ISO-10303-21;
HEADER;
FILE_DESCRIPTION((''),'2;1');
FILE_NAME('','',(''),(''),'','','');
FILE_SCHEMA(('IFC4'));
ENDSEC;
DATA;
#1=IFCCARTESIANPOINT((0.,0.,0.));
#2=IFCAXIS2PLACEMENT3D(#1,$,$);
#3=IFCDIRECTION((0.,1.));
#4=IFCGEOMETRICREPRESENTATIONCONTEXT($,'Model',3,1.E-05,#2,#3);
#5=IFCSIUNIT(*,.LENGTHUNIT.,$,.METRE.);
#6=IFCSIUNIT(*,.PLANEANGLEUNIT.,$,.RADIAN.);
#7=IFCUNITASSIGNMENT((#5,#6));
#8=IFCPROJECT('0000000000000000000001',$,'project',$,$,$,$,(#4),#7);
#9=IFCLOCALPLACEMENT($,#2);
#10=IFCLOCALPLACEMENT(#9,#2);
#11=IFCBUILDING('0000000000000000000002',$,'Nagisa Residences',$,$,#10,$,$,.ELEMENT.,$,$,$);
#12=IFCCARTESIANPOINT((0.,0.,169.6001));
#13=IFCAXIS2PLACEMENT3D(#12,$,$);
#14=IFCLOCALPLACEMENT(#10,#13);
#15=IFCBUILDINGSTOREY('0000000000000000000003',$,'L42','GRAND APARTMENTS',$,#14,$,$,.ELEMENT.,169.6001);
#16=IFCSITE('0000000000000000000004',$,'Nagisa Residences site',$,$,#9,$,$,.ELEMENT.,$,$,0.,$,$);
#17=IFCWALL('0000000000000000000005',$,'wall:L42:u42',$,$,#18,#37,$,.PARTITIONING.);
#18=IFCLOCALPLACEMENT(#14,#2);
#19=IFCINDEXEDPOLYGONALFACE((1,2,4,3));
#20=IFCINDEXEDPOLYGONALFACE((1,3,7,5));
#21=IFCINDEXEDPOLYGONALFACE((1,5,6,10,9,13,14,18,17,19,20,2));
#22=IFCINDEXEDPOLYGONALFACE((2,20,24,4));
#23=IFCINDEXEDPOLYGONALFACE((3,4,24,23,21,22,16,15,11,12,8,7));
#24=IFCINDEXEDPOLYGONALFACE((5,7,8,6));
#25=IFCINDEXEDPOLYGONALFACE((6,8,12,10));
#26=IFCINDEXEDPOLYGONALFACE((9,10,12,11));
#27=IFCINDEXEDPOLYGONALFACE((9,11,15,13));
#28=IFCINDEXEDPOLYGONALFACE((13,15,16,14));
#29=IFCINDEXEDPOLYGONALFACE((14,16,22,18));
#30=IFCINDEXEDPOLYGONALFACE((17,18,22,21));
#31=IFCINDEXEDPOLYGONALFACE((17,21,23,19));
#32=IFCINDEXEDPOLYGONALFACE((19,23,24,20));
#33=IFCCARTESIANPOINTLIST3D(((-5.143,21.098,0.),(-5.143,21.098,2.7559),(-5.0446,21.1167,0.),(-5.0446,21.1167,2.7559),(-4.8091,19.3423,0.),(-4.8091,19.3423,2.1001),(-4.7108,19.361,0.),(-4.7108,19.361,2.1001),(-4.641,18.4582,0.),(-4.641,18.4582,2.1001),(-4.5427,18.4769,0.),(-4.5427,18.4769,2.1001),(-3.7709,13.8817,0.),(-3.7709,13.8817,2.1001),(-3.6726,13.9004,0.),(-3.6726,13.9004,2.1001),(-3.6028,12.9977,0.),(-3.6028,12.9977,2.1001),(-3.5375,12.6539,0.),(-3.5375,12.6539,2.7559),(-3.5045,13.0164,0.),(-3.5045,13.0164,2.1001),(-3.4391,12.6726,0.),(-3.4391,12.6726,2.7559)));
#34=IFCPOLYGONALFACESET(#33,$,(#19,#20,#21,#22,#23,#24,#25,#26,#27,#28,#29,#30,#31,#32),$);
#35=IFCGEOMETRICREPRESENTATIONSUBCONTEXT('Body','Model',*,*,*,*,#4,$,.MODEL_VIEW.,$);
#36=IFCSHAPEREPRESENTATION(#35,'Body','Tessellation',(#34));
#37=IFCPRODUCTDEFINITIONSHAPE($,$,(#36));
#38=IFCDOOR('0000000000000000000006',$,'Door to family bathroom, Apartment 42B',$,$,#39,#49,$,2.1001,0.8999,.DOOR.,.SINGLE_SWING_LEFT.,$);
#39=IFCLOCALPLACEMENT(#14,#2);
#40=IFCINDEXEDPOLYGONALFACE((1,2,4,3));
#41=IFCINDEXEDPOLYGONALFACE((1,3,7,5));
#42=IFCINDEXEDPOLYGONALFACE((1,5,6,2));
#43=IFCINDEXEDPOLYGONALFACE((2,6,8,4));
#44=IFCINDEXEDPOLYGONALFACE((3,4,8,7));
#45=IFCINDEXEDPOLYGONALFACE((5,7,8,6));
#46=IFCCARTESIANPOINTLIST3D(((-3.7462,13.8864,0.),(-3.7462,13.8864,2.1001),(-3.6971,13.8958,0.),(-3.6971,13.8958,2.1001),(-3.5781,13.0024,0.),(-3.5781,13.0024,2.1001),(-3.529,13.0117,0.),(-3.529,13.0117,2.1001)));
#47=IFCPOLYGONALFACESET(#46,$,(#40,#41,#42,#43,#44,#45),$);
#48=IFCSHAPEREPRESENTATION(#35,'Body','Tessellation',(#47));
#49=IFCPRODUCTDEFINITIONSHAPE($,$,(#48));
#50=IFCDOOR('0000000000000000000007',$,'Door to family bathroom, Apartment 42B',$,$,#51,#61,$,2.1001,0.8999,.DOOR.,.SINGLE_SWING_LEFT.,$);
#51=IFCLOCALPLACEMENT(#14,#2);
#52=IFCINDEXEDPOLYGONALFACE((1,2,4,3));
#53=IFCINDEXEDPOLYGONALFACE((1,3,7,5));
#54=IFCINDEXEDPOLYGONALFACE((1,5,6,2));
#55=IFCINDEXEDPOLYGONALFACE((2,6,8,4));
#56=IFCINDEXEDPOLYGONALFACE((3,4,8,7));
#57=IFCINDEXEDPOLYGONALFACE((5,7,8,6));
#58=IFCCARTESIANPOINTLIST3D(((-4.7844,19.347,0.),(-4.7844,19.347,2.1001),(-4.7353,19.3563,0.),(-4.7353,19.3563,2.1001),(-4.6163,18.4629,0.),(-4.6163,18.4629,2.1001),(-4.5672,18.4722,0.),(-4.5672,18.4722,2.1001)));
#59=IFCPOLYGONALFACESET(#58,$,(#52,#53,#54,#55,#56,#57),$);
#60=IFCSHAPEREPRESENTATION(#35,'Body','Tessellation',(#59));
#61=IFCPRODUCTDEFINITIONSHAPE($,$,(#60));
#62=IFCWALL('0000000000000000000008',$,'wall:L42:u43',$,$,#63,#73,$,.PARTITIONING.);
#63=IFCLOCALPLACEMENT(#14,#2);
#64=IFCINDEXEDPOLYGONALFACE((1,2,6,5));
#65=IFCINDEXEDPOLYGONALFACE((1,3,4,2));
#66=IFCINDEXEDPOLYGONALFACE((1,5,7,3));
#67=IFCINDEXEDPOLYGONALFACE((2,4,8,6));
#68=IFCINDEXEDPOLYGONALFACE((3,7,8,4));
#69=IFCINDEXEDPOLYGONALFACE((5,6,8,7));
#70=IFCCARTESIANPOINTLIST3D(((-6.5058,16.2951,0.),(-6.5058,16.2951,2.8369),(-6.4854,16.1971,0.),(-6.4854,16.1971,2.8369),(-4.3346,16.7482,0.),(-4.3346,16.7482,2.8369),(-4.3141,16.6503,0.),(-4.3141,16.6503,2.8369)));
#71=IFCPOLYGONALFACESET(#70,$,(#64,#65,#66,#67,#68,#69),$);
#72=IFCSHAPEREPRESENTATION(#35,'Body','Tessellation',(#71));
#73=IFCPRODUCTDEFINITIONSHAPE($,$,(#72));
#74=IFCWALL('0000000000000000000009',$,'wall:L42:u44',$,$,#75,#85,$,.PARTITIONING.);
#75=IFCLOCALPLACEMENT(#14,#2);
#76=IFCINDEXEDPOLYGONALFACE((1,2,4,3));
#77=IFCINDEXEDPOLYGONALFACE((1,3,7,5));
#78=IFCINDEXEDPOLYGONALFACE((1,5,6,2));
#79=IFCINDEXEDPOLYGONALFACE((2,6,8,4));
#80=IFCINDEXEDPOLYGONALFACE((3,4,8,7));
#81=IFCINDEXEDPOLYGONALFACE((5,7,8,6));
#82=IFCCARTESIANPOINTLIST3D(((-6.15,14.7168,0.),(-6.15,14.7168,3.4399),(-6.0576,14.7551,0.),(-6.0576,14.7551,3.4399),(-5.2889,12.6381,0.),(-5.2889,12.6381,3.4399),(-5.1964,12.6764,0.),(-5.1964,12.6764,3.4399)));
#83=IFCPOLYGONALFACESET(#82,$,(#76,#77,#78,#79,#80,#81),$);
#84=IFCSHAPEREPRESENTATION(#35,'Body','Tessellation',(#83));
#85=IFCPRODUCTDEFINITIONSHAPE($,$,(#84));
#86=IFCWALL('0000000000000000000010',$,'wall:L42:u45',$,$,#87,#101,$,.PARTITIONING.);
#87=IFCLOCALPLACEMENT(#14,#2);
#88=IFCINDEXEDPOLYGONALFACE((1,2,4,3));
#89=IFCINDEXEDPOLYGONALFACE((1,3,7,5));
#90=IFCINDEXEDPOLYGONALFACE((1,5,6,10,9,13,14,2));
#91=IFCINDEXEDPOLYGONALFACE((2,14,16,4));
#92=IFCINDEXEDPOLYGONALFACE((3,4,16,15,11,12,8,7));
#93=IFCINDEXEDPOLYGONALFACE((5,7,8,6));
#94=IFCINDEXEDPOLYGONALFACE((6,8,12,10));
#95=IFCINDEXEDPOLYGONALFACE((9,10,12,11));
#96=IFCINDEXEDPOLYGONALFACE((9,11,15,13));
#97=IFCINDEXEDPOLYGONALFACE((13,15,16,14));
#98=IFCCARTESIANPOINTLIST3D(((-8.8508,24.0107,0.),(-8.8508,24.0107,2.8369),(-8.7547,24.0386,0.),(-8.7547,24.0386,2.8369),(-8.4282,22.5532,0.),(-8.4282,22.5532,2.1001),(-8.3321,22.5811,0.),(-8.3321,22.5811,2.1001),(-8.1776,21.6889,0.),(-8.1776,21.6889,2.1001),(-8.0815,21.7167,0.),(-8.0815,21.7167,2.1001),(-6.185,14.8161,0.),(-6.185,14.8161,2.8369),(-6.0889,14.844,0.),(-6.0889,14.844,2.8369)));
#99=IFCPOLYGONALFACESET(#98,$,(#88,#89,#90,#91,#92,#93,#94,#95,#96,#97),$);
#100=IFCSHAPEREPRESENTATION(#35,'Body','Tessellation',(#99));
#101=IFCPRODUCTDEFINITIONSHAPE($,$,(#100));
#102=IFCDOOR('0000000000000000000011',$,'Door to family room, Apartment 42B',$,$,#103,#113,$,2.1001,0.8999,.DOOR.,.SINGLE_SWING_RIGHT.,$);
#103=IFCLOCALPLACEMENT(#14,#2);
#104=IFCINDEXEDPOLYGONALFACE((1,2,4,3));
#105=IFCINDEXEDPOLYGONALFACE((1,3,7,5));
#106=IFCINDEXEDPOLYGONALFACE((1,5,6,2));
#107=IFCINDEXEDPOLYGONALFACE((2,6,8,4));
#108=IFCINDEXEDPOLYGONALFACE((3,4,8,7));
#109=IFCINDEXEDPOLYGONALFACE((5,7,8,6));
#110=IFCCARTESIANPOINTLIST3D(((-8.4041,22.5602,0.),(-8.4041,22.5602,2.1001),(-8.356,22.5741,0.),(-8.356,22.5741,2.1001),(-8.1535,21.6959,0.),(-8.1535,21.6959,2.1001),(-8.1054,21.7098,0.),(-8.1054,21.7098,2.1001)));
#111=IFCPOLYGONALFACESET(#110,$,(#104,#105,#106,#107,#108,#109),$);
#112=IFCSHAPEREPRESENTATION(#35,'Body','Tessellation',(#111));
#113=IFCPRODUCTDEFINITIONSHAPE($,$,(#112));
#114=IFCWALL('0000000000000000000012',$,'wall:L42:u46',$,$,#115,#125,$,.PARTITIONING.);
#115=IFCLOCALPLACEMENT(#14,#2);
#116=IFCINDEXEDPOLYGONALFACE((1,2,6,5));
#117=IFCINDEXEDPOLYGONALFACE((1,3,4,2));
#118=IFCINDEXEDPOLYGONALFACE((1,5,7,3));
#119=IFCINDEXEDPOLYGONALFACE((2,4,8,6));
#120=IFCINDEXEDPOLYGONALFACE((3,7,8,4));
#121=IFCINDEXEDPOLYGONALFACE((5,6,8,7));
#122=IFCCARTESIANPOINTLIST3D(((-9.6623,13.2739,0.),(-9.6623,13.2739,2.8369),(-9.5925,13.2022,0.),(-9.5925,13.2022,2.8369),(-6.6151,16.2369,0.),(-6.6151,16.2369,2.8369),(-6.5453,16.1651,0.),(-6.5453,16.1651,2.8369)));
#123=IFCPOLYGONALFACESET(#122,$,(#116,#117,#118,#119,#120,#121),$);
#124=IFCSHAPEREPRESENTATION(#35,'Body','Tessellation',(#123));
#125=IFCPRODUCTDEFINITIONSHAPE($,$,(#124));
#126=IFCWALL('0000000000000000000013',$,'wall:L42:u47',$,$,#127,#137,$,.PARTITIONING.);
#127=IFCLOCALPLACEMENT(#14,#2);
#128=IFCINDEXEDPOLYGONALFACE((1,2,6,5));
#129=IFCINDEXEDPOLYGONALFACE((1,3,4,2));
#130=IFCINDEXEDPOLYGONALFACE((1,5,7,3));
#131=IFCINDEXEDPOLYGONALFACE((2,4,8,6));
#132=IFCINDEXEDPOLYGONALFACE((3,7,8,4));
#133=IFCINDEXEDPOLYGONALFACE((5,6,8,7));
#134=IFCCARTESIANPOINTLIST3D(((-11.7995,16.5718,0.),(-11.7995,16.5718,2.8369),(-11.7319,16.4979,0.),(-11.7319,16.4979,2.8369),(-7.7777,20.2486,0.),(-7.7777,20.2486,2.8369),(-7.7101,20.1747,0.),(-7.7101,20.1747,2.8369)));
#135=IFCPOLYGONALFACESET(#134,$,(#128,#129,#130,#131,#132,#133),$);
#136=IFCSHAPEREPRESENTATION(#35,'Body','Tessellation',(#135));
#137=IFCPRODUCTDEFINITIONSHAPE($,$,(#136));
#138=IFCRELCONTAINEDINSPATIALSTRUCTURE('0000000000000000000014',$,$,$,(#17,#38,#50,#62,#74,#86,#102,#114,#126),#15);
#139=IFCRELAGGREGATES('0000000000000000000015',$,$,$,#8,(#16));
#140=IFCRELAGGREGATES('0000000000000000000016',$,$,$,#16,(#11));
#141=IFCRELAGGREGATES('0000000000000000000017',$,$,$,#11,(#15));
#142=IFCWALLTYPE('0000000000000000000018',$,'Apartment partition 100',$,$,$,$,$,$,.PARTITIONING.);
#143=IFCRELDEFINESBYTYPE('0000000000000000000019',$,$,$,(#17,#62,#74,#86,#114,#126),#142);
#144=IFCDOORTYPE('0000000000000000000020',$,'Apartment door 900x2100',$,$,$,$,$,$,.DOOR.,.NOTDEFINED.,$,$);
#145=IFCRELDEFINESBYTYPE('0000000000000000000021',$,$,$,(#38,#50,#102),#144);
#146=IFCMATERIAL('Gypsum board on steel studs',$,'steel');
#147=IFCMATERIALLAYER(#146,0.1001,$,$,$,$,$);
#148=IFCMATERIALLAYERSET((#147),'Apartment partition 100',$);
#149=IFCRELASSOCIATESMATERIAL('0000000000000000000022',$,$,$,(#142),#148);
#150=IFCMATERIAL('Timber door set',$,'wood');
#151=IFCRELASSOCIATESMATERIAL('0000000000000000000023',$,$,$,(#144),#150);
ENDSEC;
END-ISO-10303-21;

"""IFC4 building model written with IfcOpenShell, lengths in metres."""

from ifc_helpers import new_model, si_unit, direction, frame, frame_2d, origin, place, context, subcontext, project, spatial, rectangle, extrude, material, layer, layer_set, type_object, element, fill, save


model = new_model("IFC4")

# Units and contexts
model_context = context("Model", 3, precision=1e-05, world=origin(), true_north=direction((0.0, 1.0)))
body_context = subcontext(model_context, "Body", "Model", "MODEL_VIEW")
ifc_project = project(units=[si_unit("LENGTHUNIT", "METRE"), si_unit("PLANEANGLEUNIT", "RADIAN")], contexts=[model_context])

# Site, building, storey
site_placement = place(None, origin())
site = spatial("IfcSite", under=ifc_project, at=site_placement, Name="Nagisa Residences site", CompositionType="ELEMENT", RefElevation=0.0)
building_placement = place(site_placement, origin())
building = spatial("IfcBuilding", under=site, at=building_placement, Name="Nagisa Residences", CompositionType="ELEMENT")
storey_placement = place(building_placement, frame((0.0, 0.0, 169.6001)))
storey = spatial("IfcBuildingStorey", under=building, at=storey_placement, Name="L42", Description="GRAND APARTMENTS", CompositionType="ELEMENT", Elevation=169.6001)

# Shared definitions
ifc_material_1 = material(Name="Gypsum board on steel studs", Category="steel")
ifc_layer_1 = layer(ifc_material_1, 0.1001)
ifc_layer_set_1 = layer_set([ifc_layer_1], Name="Apartment partition 100")
wall_type_1 = type_object("IfcWallType", Name="Apartment partition 100", PredefinedType="PARTITIONING", material=ifc_layer_set_1)
ifc_material_2 = material(Name="Timber door set", Category="wood")
door_type_1 = type_object("IfcDoorType", Name="Apartment door 900x2100", OperationType="NOTDEFINED", PredefinedType="DOOR", material=ifc_material_2)

# Wall, openings, doors
wall_1_placement = place(storey_placement, frame((-3.4883, 12.6631, 0.0), z_axis=(0.0, 0.0, 1.0), x_axis=(-0.186783, 0.982401, 0.0)))
wall_1 = element("IfcWall", 1, at=wall_1_placement, inside=storey, type_object=wall_type_1, Name="wall:L42:u42", PredefinedType="PARTITIONING", context=body_context, shape_type="SweptSolid", body=[
    extrude(rectangle(XDim=8.5955, YDim=0.1001, at=frame_2d((4.2979, 0.0))), origin(), (0.0, 0.0, 1.0), 2.7559),
])
opening_1_placement = place(wall_1_placement, frame((0.3501, 0.0, 0.0)))
opening_1 = element("IfcOpeningElement", 2, at=opening_1_placement, cuts=wall_1, PredefinedType="OPENING", context=body_context, shape_type="SweptSolid", body=[
    extrude(rectangle(XDim=0.8999, YDim=2.1001, at=frame_2d((0.45, 1.05))), frame((0.0, 0.0601, 0.0), z_axis=(0.0, -1.0, 0.0), x_axis=(1.0, 0.0, 0.0)), (0.0, 0.0, 1.0), 0.1201),
])
opening_2_placement = place(wall_1_placement, frame((5.9084, 0.0, 0.0)))
opening_2 = element("IfcOpeningElement", 3, at=opening_2_placement, cuts=wall_1, PredefinedType="OPENING", context=body_context, shape_type="SweptSolid", body=[
    extrude(rectangle(XDim=0.8999, YDim=2.1001, at=frame_2d((0.45, 1.05))), frame((0.0, 0.0601, 0.0), z_axis=(0.0, -1.0, 0.0), x_axis=(1.0, 0.0, 0.0)), (0.0, 0.0, 1.0), 0.1201),
])
door_1_placement = place(opening_1_placement, origin())
door_1 = element("IfcDoor", 4, at=door_1_placement, inside=storey, type_object=door_type_1, Name="Door to family bathroom, Apartment 42B", OperationType="SINGLE_SWING_LEFT", OverallHeight=2.1001, OverallWidth=0.8999, PredefinedType="DOOR", context=body_context, shape_type="SweptSolid", body=[
    extrude(rectangle(XDim=0.8999, YDim=2.1001, at=frame_2d((0.45, 1.05))), frame((0.0, 0.0249, 0.0), z_axis=(0.0, -1.0, 0.0), x_axis=(1.0, 0.0, 0.0)), (0.0, 0.0, 1.0), 0.05),
])
fill(opening_1, door_1)
door_2_placement = place(opening_2_placement, origin())
door_2 = element("IfcDoor", 5, at=door_2_placement, inside=storey, type_object=door_type_1, Name="Door to family bathroom, Apartment 42B", OperationType="SINGLE_SWING_LEFT", OverallHeight=2.1001, OverallWidth=0.8999, PredefinedType="DOOR", context=body_context, shape_type="SweptSolid", body=[
    extrude(rectangle(XDim=0.8999, YDim=2.1001, at=frame_2d((0.45, 1.05))), frame((0.0, 0.0249, 0.0), z_axis=(0.0, -1.0, 0.0), x_axis=(1.0, 0.0, 0.0)), (0.0, 0.0, 1.0), 0.05),
])
fill(opening_2, door_2)

# Walls
wall_2_placement = place(storey_placement, frame((-4.3245, 16.6992, 0.0), z_axis=(0.0, 0.0, 1.0), x_axis=(-0.978908, -0.204302, 0.0)))
element("IfcWall", 6, at=wall_2_placement, inside=storey, type_object=wall_type_1, Name="wall:L42:u43", PredefinedType="PARTITIONING", context=body_context, shape_type="SweptSolid", body=[
    extrude(rectangle(XDim=2.218, YDim=0.1001, at=frame_2d((1.1089, 0.0))), origin(), (0.0, 0.0, 1.0), 2.8369),
])
wall_3_placement = place(storey_placement, frame((-5.2427, 12.6572, 0.0), z_axis=(0.0, 0.0, 1.0), x_axis=(-0.382719, 0.923865, 0.0)))
element("IfcWall", 7, at=wall_3_placement, inside=storey, type_object=wall_type_1, Name="wall:L42:u44", PredefinedType="PARTITIONING", context=body_context, shape_type="SweptSolid", body=[
    extrude(rectangle(XDim=2.25, YDim=0.1001, at=frame_2d((1.125, 0.0))), origin(), (0.0, 0.0, 1.0), 3.4399),
])

# Wall, opening, door
wall_4_placement = place(storey_placement, frame((-6.137, 14.8301, 0.0), z_axis=(0.0, 0.0, 1.0), x_axis=(-0.278461, 0.960447, 0.0)))
wall_4 = element("IfcWall", 8, at=wall_4_placement, inside=storey, type_object=wall_type_1, Name="wall:L42:u45", PredefinedType="PARTITIONING", context=body_context, shape_type="SweptSolid", body=[
    extrude(rectangle(XDim=9.5732, YDim=0.1001, at=frame_2d((4.7866, 0.0))), origin(), (0.0, 0.0, 1.0), 2.8369),
])
opening_3_placement = place(wall_4_placement, frame((7.1558, 0.0, 0.0)))
opening_3 = element("IfcOpeningElement", 9, at=opening_3_placement, cuts=wall_4, PredefinedType="OPENING", context=body_context, shape_type="SweptSolid", body=[
    extrude(rectangle(XDim=0.8999, YDim=2.1001, at=frame_2d((0.45, 1.05))), frame((0.0, 0.0601, 0.0), z_axis=(0.0, -1.0, 0.0), x_axis=(1.0, 0.0, 0.0)), (0.0, 0.0, 1.0), 0.1201),
])
door_3_placement = place(opening_3_placement, origin())
door_3 = element("IfcDoor", 10, at=door_3_placement, inside=storey, type_object=door_type_1, Name="Door to family room, Apartment 42B", OperationType="SINGLE_SWING_RIGHT", OverallHeight=2.1001, OverallWidth=0.8999, PredefinedType="DOOR", context=body_context, shape_type="SweptSolid", body=[
    extrude(rectangle(XDim=0.8999, YDim=2.1001, at=frame_2d((0.45, 1.05))), frame((0.0, 0.0249, 0.0), z_axis=(0.0, -1.0, 0.0), x_axis=(1.0, 0.0, 0.0)), (0.0, 0.0, 1.0), 0.05),
])
fill(opening_3, door_3)

# Walls
wall_5_placement = place(storey_placement, frame((-6.5803, 16.2009, 0.0), z_axis=(0.0, 0.0, 1.0), x_axis=(-0.716946, -0.697128, 0.0)))
element("IfcWall", 11, at=wall_5_placement, inside=storey, type_object=wall_type_1, Name="wall:L42:u46", PredefinedType="PARTITIONING", context=body_context, shape_type="SweptSolid", body=[
    extrude(rectangle(XDim=4.2502, YDim=0.1001, at=frame_2d((2.125, 0.0))), origin(), (0.0, 0.0, 1.0), 2.8369),
])
wall_6_placement = place(storey_placement, frame((-7.7439, 20.2117, 0.0), z_axis=(0.0, 0.0, 1.0), x_axis=(-0.738052, -0.674744, 0.0)))
element("IfcWall", 12, at=wall_6_placement, inside=storey, type_object=wall_type_1, Name="wall:L42:u47", PredefinedType="PARTITIONING", context=body_context, shape_type="SweptSolid", body=[
    extrude(rectangle(XDim=5.4492, YDim=0.1001, at=frame_2d((2.7246, 0.0))), origin(), (0.0, 0.0, 1.0), 2.8369),
])

save(model, "model.ifc")
